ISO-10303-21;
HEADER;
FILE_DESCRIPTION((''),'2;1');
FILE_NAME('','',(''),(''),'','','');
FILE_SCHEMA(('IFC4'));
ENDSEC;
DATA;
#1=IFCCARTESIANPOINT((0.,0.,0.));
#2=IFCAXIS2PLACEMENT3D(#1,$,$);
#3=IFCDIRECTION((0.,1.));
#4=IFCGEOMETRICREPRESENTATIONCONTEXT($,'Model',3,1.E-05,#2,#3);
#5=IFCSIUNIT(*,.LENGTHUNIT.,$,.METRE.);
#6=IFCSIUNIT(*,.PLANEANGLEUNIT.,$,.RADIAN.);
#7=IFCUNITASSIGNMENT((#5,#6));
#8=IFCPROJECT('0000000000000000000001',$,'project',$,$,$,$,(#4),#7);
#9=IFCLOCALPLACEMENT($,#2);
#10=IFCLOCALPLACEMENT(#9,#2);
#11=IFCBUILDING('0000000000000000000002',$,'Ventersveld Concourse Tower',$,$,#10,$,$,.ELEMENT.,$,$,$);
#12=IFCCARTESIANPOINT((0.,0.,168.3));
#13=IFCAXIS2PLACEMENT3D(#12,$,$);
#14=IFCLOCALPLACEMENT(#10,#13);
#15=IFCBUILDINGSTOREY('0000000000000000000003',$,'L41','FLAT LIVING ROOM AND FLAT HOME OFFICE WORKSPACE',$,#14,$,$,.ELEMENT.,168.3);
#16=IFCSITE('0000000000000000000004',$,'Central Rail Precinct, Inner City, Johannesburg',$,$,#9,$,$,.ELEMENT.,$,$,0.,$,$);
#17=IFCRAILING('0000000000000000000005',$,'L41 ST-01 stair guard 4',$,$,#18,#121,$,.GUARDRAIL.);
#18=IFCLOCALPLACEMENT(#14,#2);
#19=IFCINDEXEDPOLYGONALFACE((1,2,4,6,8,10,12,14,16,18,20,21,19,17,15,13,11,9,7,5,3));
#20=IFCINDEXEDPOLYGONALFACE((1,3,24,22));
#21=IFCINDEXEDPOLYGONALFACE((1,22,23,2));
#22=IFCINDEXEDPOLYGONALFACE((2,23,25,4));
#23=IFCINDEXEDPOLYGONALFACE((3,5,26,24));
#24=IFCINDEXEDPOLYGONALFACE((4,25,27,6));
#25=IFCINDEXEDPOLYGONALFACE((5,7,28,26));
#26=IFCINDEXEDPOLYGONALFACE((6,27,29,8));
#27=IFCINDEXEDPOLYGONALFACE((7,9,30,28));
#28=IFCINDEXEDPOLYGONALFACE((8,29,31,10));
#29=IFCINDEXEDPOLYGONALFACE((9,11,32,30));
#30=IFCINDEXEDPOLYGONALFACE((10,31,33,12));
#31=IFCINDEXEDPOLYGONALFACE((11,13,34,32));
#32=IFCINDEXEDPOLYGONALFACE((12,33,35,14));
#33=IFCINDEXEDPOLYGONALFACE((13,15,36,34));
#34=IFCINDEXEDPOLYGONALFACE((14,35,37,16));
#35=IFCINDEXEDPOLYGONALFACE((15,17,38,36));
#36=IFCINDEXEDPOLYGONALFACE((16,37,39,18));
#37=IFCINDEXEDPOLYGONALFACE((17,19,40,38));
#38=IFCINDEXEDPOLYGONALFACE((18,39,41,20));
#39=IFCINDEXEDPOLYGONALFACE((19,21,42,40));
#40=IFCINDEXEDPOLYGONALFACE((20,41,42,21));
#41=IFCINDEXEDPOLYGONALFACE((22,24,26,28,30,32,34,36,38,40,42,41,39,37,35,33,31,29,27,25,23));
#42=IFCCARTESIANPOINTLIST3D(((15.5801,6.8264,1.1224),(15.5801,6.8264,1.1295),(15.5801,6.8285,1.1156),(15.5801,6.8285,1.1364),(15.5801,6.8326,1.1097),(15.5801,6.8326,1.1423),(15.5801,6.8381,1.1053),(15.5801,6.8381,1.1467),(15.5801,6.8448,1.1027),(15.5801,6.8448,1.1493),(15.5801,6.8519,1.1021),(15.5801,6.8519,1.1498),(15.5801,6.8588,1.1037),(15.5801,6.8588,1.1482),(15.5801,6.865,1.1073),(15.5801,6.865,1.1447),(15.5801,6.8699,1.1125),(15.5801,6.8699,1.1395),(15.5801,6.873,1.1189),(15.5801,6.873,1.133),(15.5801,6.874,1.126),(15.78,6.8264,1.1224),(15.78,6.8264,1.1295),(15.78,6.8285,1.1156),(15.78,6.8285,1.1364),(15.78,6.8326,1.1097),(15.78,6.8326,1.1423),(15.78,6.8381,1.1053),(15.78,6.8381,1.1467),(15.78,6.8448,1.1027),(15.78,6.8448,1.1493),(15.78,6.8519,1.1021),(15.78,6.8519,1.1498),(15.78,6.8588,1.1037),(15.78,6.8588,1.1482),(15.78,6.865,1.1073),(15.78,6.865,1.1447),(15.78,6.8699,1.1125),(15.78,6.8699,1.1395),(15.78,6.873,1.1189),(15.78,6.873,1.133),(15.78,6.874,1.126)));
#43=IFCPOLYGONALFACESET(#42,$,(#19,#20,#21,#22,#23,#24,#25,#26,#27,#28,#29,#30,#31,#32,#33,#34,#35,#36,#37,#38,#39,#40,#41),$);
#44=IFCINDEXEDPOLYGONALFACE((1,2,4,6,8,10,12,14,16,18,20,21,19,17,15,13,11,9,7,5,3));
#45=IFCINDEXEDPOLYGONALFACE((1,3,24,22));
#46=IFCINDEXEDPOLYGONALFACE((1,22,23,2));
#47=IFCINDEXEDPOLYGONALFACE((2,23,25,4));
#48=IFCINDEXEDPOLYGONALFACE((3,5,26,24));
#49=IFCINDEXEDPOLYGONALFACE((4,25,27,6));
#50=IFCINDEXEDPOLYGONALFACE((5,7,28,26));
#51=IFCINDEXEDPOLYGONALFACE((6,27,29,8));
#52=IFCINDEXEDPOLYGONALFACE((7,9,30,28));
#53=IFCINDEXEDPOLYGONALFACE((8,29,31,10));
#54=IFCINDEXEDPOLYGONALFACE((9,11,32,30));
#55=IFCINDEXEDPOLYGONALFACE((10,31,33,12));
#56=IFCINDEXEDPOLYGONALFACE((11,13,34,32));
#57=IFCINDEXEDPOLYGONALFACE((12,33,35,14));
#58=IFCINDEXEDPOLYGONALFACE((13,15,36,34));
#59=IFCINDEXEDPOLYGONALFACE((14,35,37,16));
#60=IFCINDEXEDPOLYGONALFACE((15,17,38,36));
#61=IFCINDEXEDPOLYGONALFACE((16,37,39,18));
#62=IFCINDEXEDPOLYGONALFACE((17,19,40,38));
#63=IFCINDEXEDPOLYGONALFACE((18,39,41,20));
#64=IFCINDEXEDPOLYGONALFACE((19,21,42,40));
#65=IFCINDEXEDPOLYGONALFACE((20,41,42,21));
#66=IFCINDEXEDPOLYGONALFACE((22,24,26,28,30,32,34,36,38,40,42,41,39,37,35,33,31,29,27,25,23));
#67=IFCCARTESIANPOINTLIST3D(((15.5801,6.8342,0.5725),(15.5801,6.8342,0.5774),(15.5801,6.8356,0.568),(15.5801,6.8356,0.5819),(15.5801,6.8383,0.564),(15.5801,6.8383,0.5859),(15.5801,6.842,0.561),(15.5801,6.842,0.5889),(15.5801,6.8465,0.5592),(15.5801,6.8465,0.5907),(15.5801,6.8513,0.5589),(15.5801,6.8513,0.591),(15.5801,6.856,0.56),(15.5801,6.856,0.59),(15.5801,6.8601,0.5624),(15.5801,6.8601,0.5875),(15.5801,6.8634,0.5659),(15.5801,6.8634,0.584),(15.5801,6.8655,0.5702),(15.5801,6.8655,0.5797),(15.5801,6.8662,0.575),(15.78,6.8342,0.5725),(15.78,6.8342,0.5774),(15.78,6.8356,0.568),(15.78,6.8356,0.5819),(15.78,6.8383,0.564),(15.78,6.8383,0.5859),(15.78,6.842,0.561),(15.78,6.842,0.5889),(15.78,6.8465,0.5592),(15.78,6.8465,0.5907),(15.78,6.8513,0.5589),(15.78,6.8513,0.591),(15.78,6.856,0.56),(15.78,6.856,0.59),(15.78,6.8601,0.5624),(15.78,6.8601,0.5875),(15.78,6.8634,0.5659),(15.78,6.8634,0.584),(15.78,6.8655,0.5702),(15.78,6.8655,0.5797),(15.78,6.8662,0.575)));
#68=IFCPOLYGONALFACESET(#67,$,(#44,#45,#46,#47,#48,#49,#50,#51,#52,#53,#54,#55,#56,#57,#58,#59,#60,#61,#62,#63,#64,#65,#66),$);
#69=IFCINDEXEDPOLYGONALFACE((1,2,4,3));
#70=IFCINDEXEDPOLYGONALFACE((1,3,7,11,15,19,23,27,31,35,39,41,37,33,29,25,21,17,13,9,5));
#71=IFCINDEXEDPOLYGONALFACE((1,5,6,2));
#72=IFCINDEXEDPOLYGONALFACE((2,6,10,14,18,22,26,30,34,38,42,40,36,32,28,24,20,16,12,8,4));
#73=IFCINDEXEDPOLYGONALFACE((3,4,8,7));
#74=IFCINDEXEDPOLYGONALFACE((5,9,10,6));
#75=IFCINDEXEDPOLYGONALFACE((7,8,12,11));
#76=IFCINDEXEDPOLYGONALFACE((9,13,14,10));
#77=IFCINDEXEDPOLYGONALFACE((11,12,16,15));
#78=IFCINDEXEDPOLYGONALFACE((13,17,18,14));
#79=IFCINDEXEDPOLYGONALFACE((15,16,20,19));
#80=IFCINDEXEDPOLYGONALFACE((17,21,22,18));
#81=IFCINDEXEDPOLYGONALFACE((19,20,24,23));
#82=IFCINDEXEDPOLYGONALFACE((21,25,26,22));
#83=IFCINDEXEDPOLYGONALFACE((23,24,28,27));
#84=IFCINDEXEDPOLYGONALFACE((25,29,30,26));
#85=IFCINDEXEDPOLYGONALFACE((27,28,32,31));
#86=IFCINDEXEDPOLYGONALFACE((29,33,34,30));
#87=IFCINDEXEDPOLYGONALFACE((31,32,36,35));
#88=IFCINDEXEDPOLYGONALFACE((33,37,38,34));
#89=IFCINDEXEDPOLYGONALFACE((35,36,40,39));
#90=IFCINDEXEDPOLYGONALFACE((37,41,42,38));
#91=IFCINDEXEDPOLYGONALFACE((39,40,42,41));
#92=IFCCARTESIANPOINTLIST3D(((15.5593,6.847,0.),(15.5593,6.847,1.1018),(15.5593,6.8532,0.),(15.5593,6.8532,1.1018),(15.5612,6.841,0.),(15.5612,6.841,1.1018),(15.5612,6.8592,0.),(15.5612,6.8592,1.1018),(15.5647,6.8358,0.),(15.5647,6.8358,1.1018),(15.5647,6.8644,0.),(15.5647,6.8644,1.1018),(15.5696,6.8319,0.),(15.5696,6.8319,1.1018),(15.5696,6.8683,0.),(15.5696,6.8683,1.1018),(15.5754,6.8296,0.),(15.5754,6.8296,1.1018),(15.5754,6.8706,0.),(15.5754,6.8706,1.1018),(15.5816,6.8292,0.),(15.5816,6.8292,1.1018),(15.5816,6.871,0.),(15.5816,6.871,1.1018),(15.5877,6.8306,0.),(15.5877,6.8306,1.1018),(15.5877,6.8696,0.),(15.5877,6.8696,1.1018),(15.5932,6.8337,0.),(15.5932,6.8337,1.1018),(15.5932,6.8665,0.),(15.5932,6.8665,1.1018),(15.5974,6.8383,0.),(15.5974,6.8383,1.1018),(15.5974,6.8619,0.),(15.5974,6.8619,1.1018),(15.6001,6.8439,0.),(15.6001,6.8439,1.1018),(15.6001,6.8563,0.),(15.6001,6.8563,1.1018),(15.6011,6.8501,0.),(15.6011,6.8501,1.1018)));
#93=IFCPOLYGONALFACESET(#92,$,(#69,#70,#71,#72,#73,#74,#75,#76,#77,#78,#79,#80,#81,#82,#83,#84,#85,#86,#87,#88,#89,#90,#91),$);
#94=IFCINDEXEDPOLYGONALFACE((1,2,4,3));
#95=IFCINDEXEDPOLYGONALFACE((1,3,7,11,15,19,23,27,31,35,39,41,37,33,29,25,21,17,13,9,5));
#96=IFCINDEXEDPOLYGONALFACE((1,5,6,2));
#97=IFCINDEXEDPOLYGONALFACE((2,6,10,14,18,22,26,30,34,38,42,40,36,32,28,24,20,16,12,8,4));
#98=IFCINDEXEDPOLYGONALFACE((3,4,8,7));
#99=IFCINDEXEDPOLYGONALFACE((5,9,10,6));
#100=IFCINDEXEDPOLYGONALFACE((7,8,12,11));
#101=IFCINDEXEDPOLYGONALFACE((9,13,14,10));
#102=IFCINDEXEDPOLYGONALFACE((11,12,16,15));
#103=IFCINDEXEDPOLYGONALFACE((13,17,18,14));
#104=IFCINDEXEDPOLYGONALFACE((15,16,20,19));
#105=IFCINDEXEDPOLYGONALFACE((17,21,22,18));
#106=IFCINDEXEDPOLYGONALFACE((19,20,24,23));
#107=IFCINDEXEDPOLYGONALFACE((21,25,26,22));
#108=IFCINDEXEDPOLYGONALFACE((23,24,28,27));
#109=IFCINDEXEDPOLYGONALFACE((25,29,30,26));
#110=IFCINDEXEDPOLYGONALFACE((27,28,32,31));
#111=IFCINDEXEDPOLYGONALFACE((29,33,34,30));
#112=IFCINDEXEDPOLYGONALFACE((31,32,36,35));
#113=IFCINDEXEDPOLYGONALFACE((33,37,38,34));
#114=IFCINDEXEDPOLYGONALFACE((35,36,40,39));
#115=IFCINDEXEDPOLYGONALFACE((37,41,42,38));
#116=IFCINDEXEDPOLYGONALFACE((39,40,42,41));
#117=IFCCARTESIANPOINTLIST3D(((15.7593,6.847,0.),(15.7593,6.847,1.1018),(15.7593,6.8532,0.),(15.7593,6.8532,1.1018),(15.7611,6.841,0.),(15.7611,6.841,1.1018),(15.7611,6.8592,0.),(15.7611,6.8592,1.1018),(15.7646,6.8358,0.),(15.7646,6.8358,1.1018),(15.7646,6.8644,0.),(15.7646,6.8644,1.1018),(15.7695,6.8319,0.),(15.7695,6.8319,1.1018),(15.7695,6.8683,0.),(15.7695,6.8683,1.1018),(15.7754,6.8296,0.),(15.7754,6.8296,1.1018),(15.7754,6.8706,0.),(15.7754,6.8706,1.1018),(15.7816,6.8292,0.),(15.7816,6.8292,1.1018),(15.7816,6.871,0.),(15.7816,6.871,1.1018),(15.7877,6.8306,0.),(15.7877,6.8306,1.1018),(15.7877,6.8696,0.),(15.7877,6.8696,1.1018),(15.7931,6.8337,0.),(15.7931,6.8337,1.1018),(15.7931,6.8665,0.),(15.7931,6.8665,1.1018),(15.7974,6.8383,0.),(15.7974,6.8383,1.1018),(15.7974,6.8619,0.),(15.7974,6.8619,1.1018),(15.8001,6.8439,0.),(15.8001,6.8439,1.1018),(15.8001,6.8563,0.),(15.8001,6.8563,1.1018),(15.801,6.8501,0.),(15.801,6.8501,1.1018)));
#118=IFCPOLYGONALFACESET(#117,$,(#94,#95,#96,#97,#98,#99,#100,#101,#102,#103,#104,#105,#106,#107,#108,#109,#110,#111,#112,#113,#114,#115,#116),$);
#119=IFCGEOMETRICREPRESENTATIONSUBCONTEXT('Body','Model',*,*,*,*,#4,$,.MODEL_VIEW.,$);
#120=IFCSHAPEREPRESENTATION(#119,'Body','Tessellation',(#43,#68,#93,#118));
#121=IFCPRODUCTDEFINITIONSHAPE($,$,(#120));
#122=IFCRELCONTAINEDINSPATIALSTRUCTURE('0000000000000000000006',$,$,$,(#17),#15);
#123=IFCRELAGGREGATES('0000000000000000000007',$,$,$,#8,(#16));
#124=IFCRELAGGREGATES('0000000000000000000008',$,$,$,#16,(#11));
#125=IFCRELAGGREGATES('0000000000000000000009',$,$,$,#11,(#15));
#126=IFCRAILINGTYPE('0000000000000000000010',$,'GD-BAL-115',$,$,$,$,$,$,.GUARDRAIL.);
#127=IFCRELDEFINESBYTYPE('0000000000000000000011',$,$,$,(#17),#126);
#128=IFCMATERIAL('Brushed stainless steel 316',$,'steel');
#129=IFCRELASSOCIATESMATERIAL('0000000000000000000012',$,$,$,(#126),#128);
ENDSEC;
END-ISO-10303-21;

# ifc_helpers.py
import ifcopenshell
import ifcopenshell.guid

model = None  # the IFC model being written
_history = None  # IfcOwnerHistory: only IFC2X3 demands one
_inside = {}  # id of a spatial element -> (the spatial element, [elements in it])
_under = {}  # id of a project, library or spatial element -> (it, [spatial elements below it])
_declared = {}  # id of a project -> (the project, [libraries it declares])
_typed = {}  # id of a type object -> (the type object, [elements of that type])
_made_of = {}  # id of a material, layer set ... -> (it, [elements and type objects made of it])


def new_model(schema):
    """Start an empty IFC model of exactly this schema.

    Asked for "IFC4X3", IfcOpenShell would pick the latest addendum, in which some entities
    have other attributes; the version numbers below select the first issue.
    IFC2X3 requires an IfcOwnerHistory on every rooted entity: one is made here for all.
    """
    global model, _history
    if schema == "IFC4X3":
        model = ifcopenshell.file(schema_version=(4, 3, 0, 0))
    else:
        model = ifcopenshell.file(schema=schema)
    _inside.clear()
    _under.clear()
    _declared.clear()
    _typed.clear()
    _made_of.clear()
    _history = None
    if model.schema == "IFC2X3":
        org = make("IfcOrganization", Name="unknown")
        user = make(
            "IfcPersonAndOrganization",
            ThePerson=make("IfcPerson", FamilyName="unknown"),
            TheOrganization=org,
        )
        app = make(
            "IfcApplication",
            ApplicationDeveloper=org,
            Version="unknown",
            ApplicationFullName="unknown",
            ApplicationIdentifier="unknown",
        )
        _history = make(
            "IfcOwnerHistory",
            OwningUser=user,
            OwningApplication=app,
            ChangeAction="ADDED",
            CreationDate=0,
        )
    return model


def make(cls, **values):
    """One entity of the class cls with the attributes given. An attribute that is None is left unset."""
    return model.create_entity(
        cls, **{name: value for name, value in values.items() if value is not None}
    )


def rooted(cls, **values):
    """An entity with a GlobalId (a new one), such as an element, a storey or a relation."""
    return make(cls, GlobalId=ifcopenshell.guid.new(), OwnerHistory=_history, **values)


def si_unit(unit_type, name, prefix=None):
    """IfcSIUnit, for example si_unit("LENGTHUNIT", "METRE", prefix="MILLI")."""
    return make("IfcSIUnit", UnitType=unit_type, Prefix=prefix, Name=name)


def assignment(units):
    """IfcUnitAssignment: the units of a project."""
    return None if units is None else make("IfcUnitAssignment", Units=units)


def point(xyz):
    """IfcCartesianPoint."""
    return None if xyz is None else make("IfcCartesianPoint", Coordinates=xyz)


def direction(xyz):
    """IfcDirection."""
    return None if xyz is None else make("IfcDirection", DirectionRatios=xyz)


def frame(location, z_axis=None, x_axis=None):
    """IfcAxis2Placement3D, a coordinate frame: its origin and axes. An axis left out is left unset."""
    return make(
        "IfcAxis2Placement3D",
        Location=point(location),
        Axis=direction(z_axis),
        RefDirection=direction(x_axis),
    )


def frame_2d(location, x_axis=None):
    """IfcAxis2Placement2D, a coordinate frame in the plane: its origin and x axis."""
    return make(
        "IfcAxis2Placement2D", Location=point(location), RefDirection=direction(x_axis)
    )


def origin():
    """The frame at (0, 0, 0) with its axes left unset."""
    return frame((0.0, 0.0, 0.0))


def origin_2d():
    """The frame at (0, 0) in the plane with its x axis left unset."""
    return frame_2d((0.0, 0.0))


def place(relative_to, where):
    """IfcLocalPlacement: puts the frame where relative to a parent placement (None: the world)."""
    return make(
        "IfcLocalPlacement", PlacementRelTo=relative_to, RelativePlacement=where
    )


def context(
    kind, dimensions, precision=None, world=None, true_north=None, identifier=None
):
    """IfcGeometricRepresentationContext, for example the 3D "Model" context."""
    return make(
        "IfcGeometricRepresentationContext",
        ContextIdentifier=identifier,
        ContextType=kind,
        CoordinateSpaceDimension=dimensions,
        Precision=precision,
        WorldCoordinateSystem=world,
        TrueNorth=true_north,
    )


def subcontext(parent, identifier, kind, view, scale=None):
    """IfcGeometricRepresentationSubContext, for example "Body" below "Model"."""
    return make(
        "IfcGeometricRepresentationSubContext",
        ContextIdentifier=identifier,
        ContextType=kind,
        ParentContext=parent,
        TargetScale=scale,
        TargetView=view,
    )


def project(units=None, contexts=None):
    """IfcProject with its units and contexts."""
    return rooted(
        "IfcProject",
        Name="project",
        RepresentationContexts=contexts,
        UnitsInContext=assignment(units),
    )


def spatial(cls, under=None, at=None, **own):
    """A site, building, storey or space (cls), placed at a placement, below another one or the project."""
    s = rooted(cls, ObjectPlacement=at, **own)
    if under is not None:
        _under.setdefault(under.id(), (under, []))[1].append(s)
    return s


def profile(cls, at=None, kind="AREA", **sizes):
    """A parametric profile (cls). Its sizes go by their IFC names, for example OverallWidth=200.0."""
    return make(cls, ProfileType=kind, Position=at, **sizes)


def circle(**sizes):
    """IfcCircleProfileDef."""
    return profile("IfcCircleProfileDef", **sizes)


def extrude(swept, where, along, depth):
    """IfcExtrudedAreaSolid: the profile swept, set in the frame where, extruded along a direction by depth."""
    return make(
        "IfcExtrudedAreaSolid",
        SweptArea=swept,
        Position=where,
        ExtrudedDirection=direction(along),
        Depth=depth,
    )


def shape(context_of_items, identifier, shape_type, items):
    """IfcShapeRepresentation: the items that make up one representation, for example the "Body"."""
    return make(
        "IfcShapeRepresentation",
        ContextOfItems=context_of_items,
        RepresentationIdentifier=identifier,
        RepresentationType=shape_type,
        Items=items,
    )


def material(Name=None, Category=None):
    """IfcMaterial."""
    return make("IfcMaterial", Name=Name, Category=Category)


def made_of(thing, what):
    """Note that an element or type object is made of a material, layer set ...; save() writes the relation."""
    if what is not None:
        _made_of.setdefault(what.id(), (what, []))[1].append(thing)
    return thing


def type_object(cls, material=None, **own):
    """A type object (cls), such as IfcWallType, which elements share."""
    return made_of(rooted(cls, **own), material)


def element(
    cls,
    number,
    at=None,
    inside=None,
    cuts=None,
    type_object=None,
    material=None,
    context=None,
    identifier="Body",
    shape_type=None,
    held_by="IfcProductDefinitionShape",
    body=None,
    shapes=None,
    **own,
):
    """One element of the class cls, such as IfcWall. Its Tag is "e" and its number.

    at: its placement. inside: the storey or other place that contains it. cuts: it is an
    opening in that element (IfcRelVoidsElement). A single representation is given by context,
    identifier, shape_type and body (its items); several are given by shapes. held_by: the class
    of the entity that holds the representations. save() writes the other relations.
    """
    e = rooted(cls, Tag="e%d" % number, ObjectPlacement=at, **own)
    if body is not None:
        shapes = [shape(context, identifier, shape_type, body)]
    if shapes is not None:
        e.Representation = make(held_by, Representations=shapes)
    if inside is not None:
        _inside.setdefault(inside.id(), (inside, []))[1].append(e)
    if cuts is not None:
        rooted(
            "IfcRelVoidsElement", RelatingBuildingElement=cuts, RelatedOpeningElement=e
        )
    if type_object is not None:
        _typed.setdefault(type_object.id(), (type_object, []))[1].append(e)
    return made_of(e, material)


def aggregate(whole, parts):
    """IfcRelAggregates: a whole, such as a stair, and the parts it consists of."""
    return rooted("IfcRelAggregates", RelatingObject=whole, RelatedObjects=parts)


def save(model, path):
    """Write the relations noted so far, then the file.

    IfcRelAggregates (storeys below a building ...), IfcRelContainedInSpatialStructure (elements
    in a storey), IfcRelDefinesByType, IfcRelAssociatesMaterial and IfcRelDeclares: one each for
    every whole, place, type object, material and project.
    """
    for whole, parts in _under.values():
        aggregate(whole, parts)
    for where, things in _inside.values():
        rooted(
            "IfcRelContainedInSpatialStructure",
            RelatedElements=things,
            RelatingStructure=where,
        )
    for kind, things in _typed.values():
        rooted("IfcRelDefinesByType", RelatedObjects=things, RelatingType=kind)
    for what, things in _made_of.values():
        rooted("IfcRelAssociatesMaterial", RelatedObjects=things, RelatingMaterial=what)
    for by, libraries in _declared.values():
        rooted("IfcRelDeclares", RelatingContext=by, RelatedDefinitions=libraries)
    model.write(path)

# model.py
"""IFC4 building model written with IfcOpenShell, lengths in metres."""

from ifc_helpers import new_model, si_unit, direction, frame, origin, origin_2d, place, context, subcontext, project, spatial, circle, extrude, material, type_object, element, save


model = new_model("IFC4")

# Units and contexts
model_context = context("Model", 3, precision=1e-05, world=origin(), true_north=direction((0.0, 1.0)))
body_context = subcontext(model_context, "Body", "Model", "MODEL_VIEW")
ifc_project = project(units=[si_unit("LENGTHUNIT", "METRE"), si_unit("PLANEANGLEUNIT", "RADIAN")], contexts=[model_context])

# Site, building, storey
site_placement = place(None, origin())
site = spatial("IfcSite", under=ifc_project, at=site_placement, Name="Central Rail Precinct, Inner City, Johannesburg", CompositionType="ELEMENT", RefElevation=0.0)
building_placement = place(site_placement, origin())
building = spatial("IfcBuilding", under=site, at=building_placement, Name="Ventersveld Concourse Tower", CompositionType="ELEMENT")
storey_placement = place(building_placement, frame((0.0, 0.0, 168.3)))
storey = spatial("IfcBuildingStorey", under=building, at=storey_placement, Name="L41", Description="FLAT LIVING ROOM AND FLAT HOME OFFICE WORKSPACE", CompositionType="ELEMENT", Elevation=168.3)

# Shared definitions
ifc_material_1 = material(Name="Brushed stainless steel 316", Category="steel")

# Railing
railing_type = type_object("IfcRailingType", Name="GD-BAL-115", PredefinedType="GUARDRAIL", material=ifc_material_1)
railing_1_placement = place(storey_placement, frame((15.5801, 6.8501, 0.0)))
element("IfcRailing", 1, at=railing_1_placement, inside=storey, type_object=railing_type, Name="L41 ST-01 stair guard 4", PredefinedType="GUARDRAIL", context=body_context, shape_type="SweptSolid", body=[
    extrude(circle(Radius=0.0239, at=origin_2d()), frame((0.0, 0.0, 1.126), z_axis=(1.0, 0.0, 0.0), x_axis=(0.0, 1.0, 0.0)), (0.0, 0.0, 1.0), 0.2),
    extrude(circle(Radius=0.0161, at=origin_2d()), frame((0.0, 0.0, 0.575), z_axis=(1.0, 0.0, 0.0), x_axis=(0.0, 1.0, 0.0)), (0.0, 0.0, 1.0), 0.2),
    extrude(circle(Radius=0.021, at=origin_2d()), origin(), (0.0, 0.0, 1.0), 1.1018),
    extrude(circle(Radius=0.021, at=origin_2d()), frame((0.2, 0.0, 0.0)), (0.0, 0.0, 1.0), 1.1018),
])

save(model, "model.ifc")
